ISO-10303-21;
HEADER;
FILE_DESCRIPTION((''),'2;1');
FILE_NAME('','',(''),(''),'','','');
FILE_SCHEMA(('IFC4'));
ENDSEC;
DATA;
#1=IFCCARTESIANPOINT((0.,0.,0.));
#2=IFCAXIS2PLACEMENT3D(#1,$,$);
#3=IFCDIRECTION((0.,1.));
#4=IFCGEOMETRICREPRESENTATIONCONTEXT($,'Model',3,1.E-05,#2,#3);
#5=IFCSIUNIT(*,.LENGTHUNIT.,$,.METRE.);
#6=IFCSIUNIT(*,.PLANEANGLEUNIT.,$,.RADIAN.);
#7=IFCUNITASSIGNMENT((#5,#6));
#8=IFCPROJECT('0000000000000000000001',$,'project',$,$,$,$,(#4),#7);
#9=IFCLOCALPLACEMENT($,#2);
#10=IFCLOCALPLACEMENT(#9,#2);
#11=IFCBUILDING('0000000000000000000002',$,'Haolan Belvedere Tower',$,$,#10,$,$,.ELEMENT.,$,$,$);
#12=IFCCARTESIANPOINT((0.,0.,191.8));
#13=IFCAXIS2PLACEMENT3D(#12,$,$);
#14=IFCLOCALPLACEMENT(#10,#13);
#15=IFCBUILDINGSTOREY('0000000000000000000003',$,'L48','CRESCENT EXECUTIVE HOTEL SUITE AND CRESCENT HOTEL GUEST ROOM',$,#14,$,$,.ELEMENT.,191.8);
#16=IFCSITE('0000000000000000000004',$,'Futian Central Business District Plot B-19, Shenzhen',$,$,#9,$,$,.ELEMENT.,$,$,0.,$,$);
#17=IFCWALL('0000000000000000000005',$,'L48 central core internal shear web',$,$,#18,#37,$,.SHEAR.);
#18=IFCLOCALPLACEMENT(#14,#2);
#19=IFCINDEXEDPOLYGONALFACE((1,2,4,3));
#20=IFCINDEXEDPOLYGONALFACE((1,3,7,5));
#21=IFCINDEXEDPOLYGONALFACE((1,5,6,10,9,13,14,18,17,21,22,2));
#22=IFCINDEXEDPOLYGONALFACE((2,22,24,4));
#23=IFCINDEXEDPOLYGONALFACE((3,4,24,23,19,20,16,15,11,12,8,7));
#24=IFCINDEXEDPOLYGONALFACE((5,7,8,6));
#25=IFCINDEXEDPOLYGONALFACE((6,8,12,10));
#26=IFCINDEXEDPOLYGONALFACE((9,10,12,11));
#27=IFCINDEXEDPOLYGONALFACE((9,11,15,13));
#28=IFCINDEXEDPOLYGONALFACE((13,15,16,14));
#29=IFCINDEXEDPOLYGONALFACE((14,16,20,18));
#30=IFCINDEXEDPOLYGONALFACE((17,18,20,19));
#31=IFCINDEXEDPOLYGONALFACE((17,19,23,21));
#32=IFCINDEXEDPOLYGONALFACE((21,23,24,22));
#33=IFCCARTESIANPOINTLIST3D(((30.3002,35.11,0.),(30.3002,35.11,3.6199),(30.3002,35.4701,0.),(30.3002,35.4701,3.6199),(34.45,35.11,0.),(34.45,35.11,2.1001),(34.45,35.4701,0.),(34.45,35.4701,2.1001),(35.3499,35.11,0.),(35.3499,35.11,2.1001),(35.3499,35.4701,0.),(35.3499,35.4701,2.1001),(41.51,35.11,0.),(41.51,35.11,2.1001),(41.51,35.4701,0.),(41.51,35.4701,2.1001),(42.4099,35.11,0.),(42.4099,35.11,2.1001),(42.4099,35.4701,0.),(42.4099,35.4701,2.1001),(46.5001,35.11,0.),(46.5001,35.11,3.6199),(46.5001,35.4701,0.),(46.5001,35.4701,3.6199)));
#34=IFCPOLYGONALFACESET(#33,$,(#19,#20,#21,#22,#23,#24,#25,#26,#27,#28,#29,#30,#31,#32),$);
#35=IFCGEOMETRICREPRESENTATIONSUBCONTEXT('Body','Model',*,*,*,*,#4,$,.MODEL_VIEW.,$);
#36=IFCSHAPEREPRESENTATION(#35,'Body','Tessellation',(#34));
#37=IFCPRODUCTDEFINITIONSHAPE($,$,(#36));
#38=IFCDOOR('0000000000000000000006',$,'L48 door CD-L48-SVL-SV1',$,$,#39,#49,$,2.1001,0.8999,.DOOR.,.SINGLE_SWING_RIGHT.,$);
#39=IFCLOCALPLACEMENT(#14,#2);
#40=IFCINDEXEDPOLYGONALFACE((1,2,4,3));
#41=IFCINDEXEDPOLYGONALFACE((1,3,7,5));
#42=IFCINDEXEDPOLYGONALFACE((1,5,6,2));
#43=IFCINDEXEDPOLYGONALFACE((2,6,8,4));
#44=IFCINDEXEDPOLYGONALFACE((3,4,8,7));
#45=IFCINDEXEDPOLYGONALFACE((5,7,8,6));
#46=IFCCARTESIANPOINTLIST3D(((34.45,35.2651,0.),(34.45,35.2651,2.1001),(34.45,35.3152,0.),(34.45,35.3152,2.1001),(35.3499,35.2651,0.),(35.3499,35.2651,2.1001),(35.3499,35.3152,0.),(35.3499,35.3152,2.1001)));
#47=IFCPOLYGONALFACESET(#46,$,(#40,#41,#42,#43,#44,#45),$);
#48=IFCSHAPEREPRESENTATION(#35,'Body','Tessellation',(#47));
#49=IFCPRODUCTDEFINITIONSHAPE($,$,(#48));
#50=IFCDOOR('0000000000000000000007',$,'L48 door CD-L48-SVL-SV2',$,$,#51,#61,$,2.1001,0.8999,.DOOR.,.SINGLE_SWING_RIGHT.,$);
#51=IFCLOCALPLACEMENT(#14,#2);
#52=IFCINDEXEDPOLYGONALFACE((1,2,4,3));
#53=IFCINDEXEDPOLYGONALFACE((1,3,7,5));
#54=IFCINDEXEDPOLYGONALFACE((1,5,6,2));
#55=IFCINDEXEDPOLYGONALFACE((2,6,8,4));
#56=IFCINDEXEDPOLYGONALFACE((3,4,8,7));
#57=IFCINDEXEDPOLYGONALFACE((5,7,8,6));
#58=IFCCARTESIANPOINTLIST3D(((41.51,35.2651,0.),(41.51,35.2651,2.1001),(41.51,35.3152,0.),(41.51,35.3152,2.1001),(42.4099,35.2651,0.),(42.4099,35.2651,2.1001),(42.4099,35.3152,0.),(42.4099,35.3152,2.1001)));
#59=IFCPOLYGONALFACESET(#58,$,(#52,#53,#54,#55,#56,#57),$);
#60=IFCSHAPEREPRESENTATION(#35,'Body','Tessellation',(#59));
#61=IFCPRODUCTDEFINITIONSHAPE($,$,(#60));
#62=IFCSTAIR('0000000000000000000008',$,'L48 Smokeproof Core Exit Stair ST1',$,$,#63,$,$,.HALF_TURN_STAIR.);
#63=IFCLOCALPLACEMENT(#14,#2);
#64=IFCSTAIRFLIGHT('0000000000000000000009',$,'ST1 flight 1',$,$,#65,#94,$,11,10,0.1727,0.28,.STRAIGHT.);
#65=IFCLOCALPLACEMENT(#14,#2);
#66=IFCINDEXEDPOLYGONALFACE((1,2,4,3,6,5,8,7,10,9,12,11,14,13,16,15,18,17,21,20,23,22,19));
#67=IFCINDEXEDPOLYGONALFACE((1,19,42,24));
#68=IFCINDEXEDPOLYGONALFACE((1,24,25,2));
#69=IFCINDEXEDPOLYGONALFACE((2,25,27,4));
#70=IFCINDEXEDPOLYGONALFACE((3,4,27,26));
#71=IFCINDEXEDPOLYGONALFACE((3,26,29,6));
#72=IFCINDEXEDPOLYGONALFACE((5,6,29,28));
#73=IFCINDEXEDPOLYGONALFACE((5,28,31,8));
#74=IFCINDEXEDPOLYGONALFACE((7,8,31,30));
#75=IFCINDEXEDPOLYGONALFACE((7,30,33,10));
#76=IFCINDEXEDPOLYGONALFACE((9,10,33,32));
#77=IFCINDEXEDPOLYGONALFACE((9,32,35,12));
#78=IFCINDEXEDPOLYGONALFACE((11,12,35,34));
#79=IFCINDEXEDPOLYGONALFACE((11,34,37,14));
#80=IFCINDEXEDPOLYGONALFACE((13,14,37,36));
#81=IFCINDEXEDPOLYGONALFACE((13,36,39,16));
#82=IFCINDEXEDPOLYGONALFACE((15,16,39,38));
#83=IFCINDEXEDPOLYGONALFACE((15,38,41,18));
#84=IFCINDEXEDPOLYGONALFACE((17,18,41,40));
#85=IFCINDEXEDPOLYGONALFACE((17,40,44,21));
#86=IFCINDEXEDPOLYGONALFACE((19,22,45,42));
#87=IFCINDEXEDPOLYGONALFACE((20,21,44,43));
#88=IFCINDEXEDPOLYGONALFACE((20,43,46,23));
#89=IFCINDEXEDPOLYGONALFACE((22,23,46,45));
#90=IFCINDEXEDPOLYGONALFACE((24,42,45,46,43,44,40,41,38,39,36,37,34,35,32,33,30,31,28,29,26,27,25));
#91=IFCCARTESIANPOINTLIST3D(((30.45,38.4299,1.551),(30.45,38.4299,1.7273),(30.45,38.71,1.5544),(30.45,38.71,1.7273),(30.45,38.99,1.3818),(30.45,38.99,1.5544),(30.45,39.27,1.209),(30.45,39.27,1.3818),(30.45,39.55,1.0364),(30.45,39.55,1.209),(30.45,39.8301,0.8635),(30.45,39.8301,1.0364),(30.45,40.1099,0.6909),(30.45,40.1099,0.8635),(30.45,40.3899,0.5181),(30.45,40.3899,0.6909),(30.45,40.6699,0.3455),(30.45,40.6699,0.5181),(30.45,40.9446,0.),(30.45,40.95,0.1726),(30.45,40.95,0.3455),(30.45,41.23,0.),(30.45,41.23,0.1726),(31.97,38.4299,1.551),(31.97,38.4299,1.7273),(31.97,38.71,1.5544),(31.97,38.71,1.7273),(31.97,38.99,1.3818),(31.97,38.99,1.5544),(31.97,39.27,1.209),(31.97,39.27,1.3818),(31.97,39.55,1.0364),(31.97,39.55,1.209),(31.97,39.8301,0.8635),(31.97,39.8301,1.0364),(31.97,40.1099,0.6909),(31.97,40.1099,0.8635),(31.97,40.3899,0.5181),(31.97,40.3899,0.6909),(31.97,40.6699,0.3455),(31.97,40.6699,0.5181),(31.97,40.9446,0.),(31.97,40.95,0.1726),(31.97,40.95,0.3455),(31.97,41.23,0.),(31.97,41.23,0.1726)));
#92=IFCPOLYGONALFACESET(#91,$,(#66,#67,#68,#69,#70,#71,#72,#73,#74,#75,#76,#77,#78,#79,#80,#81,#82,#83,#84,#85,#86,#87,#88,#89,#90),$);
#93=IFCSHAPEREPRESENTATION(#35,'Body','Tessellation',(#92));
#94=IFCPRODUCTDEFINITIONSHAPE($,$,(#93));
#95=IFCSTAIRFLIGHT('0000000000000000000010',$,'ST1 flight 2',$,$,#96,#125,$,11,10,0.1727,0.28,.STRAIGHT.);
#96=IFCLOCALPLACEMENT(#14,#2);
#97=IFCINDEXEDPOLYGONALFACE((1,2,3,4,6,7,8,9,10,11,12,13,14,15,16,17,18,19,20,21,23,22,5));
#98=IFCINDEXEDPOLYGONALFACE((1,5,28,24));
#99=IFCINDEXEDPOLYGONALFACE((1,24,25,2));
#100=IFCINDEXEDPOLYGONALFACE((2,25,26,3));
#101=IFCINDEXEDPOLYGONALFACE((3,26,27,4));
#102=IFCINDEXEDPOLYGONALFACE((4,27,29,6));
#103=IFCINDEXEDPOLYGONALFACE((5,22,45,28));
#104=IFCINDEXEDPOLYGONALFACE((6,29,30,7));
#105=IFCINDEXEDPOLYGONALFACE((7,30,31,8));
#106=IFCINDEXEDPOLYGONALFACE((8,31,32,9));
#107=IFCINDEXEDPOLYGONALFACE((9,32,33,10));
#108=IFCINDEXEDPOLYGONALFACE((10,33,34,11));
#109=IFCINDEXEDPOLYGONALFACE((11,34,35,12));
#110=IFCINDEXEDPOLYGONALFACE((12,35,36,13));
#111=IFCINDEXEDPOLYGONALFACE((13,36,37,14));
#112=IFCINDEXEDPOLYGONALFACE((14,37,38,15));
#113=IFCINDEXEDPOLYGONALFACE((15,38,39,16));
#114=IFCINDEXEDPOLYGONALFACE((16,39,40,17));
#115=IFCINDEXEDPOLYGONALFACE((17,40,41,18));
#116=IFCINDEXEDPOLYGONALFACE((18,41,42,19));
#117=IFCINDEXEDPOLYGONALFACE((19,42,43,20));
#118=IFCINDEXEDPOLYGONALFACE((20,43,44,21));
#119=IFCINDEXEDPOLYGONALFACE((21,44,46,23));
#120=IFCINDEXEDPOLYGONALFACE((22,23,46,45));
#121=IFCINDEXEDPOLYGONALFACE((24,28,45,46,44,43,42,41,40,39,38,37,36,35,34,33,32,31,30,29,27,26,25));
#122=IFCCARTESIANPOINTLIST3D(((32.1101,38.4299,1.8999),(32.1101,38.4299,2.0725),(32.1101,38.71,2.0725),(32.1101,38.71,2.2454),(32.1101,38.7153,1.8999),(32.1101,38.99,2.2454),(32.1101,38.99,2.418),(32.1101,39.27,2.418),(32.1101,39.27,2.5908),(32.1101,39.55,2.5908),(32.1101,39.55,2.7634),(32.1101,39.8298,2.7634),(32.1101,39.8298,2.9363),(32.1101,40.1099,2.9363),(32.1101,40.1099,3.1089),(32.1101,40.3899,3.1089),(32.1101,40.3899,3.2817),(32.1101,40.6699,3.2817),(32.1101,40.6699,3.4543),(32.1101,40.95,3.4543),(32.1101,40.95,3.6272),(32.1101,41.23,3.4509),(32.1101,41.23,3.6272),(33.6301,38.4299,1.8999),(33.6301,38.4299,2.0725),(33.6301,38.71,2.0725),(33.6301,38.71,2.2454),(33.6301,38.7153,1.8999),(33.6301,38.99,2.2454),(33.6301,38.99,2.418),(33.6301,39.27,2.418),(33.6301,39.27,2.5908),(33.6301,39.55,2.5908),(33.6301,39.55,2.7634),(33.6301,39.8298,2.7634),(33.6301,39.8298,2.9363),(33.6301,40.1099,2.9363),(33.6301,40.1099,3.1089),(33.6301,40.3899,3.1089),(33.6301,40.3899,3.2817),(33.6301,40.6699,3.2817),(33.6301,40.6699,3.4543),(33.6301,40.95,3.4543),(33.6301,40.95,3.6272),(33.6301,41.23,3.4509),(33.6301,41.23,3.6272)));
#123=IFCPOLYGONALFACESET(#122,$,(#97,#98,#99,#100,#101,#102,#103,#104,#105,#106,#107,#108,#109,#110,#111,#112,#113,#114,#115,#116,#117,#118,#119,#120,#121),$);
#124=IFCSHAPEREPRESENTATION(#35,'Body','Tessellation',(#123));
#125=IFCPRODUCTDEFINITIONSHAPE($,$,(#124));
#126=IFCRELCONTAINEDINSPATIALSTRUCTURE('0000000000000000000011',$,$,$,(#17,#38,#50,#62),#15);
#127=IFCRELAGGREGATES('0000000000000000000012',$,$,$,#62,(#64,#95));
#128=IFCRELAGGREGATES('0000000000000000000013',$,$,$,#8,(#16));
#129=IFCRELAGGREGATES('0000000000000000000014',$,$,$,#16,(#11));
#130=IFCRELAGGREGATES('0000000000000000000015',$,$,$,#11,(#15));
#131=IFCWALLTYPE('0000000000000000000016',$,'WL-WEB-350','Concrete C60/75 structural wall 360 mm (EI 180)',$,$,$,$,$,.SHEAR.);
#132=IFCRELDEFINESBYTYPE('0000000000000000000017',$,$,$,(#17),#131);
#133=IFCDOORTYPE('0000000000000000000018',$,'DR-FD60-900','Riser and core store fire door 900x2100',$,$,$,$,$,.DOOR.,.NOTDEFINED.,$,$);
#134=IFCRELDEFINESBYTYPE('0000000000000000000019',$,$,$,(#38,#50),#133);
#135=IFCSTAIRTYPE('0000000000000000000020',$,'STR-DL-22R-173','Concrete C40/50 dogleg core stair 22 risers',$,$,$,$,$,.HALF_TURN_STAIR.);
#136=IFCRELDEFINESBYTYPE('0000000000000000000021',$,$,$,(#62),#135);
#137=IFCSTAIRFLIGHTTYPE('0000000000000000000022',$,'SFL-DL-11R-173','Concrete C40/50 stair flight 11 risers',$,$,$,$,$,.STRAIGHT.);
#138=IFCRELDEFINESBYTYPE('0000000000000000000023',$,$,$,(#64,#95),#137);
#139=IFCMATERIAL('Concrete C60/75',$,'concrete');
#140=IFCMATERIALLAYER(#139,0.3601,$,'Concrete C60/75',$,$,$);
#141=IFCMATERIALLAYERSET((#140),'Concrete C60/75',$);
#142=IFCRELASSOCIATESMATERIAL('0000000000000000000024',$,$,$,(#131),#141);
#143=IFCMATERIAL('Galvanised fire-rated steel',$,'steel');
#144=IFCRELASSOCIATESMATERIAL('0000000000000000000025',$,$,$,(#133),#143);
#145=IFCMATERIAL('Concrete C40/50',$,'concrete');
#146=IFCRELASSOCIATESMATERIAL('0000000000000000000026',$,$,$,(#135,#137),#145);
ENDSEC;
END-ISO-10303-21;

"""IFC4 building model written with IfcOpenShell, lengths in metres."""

from ifc_helpers import new_model, si_unit, direction, frame, frame_2d, origin, place, context, subcontext, project, spatial, polyline, rectangle, outline, extrude, material, layer, layer_set, type_object, element, fill, aggregate, save


model = new_model("IFC4")

# Units and contexts
model_context = context("Model", 3, precision=1e-05, world=origin(), true_north=direction((0.0, 1.0)))
body_context = subcontext(model_context, "Body", "Model", "MODEL_VIEW")
ifc_project = project(units=[si_unit("LENGTHUNIT", "METRE"), si_unit("PLANEANGLEUNIT", "RADIAN")], contexts=[model_context])

# Site, building, storey
site_placement = place(None, origin())
site = spatial("IfcSite", under=ifc_project, at=site_placement, Name="Futian Central Business District Plot B-19, Shenzhen", CompositionType="ELEMENT", RefElevation=0.0)
building_placement = place(site_placement, origin())
building = spatial("IfcBuilding", under=site, at=building_placement, Name="Haolan Belvedere Tower", CompositionType="ELEMENT")
storey_placement = place(building_placement, frame((0.0, 0.0, 191.8)))
storey = spatial("IfcBuildingStorey", under=building, at=storey_placement, Name="L48", Description="CRESCENT EXECUTIVE HOTEL SUITE AND CRESCENT HOTEL GUEST ROOM", CompositionType="ELEMENT", Elevation=191.8)

# Wall, openings, doors
ifc_material_1 = material(Name="Concrete C60/75", Category="concrete")
ifc_layer_1 = layer(ifc_material_1, 0.3601, Name="Concrete C60/75")
ifc_layer_set_1 = layer_set([ifc_layer_1], Name="Concrete C60/75")
wall_type_1 = type_object("IfcWallType", Name="WL-WEB-350", Description="Concrete C60/75 structural wall 360 mm (EI 180)", PredefinedType="SHEAR", material=ifc_layer_set_1)
wall_1_placement = place(storey_placement, frame((30.3, 35.29, 0.0), z_axis=(0.0, 0.0, 1.0), x_axis=(1.0, 0.0, 0.0)))
wall_1 = element("IfcWall", 1, at=wall_1_placement, inside=storey, type_object=wall_type_1, Name="L48 central core internal shear web", PredefinedType="SHEAR", context=body_context, shape_type="SweptSolid", body=[
    extrude(rectangle(XDim=16.2, YDim=0.3601, at=frame_2d((8.1001, 0.0))), origin(), (0.0, 0.0, 1.0), 3.6199),
])
opening_1_placement = place(wall_1_placement, frame((5.0498, 0.0, 0.0), z_axis=(0.0, 0.0, 1.0), x_axis=(-1.0, 0.0, 0.0)))
opening_1 = element("IfcOpeningElement", 2, at=opening_1_placement, cuts=wall_1, PredefinedType="OPENING", context=body_context, shape_type="SweptSolid", body=[
    extrude(rectangle(XDim=0.8999, YDim=2.1001, at=frame_2d((0.45, 1.05))), frame((0.0, 0.1899, 0.0), z_axis=(0.0, -1.0, 0.0), x_axis=(1.0, 0.0, 0.0)), (0.0, 0.0, 1.0), 0.3801),
])
opening_2_placement = place(wall_1_placement, frame((12.1099, 0.0, 0.0), z_axis=(0.0, 0.0, 1.0), x_axis=(-1.0, 0.0, 0.0)))
opening_2 = element("IfcOpeningElement", 3, at=opening_2_placement, cuts=wall_1, PredefinedType="OPENING", context=body_context, shape_type="SweptSolid", body=[
    extrude(rectangle(XDim=0.8999, YDim=2.1001, at=frame_2d((0.45, 1.05))), frame((0.0, 0.1899, 0.0), z_axis=(0.0, -1.0, 0.0), x_axis=(1.0, 0.0, 0.0)), (0.0, 0.0, 1.0), 0.3801),
])
ifc_material_2 = material(Name="Galvanised fire-rated steel", Category="steel")
door_type_1 = type_object("IfcDoorType", Name="DR-FD60-900", Description="Riser and core store fire door 900x2100", OperationType="NOTDEFINED", PredefinedType="DOOR", material=ifc_material_2)
door_1_placement = place(opening_1_placement, origin())
door_1 = element("IfcDoor", 4, at=door_1_placement, inside=storey, type_object=door_type_1, Name="L48 door CD-L48-SVL-SV1", OperationType="SINGLE_SWING_RIGHT", OverallHeight=2.1001, OverallWidth=0.8999, PredefinedType="DOOR", context=body_context, shape_type="SweptSolid", body=[
    extrude(rectangle(XDim=0.8999, YDim=2.1001, at=frame_2d((0.45, 1.05))), frame((0.0, 0.0249, 0.0), z_axis=(0.0, -1.0, 0.0), x_axis=(1.0, 0.0, 0.0)), (0.0, 0.0, 1.0), 0.05),
])
fill(opening_1, door_1)
door_2_placement = place(opening_2_placement, origin())
door_2 = element("IfcDoor", 5, at=door_2_placement, inside=storey, type_object=door_type_1, Name="L48 door CD-L48-SVL-SV2", OperationType="SINGLE_SWING_RIGHT", OverallHeight=2.1001, OverallWidth=0.8999, PredefinedType="DOOR", context=body_context, shape_type="SweptSolid", body=[
    extrude(rectangle(XDim=0.8999, YDim=2.1001, at=frame_2d((0.45, 1.05))), frame((0.0, 0.0249, 0.0), z_axis=(0.0, -1.0, 0.0), x_axis=(1.0, 0.0, 0.0)), (0.0, 0.0, 1.0), 0.05),
])
fill(opening_2, door_2)

# Stair, stair flights
ifc_material_3 = material(Name="Concrete C40/50", Category="concrete")
stair_type = type_object("IfcStairType", Name="STR-DL-22R-173", Description="Concrete C40/50 dogleg core stair 22 risers", PredefinedType="HALF_TURN_STAIR", material=ifc_material_3)
stair_placement = place(storey_placement, origin())
stair = element("IfcStair", 6, at=stair_placement, inside=storey, type_object=stair_type, Name="L48 Smokeproof Core Exit Stair ST1", PredefinedType="HALF_TURN_STAIR")
stair_flight_type = type_object("IfcStairFlightType", Name="SFL-DL-11R-173", Description="Concrete C40/50 stair flight 11 risers", PredefinedType="STRAIGHT", material=ifc_material_3)
stair_flight_1_placement = place(storey_placement, frame((31.21, 41.23, 0.0), z_axis=(0.0, 0.0, 1.0), x_axis=(0.0, -1.0, 0.0)))
stair_flight_1 = element("IfcStairFlight", 7, at=stair_flight_1_placement, type_object=stair_flight_type, Name="ST1 flight 1", NumberOfRisers=11, NumberOfTreads=10, PredefinedType="STRAIGHT", RiserHeight=0.1727, TreadLength=0.28, context=body_context, shape_type="SweptSolid", body=[
    extrude(outline(polyline([(0.0, 0.0), (0.0, 0.1726), (0.28, 0.1726), (0.28, 0.3455), (0.5601, 0.3455), (0.5601, 0.5181), (0.8401, 0.5181), (0.8401, 0.6909), (1.1201, 0.6909), (1.1201, 0.8635), (1.3999, 0.8635), (1.3999, 1.0364), (1.6799, 1.0364), (1.6799, 1.209), (1.96, 1.209), (1.96, 1.3818), (2.24, 1.3818), (2.24, 1.5544), (2.52, 1.5544), (2.52, 1.7273), (2.8, 1.7273), (2.8, 1.8999), (2.8, 1.551), (0.2854, 0.0), (0.0, 0.0)])), frame((0.0, 0.76, 0.0), z_axis=(0.0, -1.0, 0.0), x_axis=(1.0, 0.0, 0.0)), (0.0, 0.0, 1.0), 1.52),
])
stair_flight_2_placement = place(storey_placement, frame((32.8701, 38.4299, 1.8999), z_axis=(0.0, 0.0, 1.0), x_axis=(0.0, 1.0, 0.0)))
stair_flight_2 = element("IfcStairFlight", 8, at=stair_flight_2_placement, type_object=stair_flight_type, Name="ST1 flight 2", NumberOfRisers=11, NumberOfTreads=10, PredefinedType="STRAIGHT", RiserHeight=0.1727, TreadLength=0.28, context=body_context, shape_type="SweptSolid", body=[
    extrude(outline(polyline([(0.0, 0.0), (0.0, 0.1726), (0.28, 0.1726), (0.28, 0.3455), (0.5601, 0.3455), (0.5601, 0.5181), (0.8401, 0.5181), (0.8401, 0.6909), (1.1201, 0.6909), (1.1201, 0.8635), (1.3999, 0.8635), (1.3999, 1.0364), (1.6799, 1.0364), (1.6799, 1.209), (1.96, 1.209), (1.96, 1.3818), (2.24, 1.3818), (2.24, 1.5544), (2.52, 1.5544), (2.52, 1.7273), (2.8, 1.7273), (2.8, 1.8999), (2.8, 1.551), (0.2854, 0.0), (0.0, 0.0)])), frame((0.0, 0.76, 0.0), z_axis=(0.0, -1.0, 0.0), x_axis=(1.0, 0.0, 0.0)), (0.0, 0.0, 1.0), 1.52),
])
aggregate(stair, [stair_flight_1, stair_flight_2])

save(model, "model.ifc")
